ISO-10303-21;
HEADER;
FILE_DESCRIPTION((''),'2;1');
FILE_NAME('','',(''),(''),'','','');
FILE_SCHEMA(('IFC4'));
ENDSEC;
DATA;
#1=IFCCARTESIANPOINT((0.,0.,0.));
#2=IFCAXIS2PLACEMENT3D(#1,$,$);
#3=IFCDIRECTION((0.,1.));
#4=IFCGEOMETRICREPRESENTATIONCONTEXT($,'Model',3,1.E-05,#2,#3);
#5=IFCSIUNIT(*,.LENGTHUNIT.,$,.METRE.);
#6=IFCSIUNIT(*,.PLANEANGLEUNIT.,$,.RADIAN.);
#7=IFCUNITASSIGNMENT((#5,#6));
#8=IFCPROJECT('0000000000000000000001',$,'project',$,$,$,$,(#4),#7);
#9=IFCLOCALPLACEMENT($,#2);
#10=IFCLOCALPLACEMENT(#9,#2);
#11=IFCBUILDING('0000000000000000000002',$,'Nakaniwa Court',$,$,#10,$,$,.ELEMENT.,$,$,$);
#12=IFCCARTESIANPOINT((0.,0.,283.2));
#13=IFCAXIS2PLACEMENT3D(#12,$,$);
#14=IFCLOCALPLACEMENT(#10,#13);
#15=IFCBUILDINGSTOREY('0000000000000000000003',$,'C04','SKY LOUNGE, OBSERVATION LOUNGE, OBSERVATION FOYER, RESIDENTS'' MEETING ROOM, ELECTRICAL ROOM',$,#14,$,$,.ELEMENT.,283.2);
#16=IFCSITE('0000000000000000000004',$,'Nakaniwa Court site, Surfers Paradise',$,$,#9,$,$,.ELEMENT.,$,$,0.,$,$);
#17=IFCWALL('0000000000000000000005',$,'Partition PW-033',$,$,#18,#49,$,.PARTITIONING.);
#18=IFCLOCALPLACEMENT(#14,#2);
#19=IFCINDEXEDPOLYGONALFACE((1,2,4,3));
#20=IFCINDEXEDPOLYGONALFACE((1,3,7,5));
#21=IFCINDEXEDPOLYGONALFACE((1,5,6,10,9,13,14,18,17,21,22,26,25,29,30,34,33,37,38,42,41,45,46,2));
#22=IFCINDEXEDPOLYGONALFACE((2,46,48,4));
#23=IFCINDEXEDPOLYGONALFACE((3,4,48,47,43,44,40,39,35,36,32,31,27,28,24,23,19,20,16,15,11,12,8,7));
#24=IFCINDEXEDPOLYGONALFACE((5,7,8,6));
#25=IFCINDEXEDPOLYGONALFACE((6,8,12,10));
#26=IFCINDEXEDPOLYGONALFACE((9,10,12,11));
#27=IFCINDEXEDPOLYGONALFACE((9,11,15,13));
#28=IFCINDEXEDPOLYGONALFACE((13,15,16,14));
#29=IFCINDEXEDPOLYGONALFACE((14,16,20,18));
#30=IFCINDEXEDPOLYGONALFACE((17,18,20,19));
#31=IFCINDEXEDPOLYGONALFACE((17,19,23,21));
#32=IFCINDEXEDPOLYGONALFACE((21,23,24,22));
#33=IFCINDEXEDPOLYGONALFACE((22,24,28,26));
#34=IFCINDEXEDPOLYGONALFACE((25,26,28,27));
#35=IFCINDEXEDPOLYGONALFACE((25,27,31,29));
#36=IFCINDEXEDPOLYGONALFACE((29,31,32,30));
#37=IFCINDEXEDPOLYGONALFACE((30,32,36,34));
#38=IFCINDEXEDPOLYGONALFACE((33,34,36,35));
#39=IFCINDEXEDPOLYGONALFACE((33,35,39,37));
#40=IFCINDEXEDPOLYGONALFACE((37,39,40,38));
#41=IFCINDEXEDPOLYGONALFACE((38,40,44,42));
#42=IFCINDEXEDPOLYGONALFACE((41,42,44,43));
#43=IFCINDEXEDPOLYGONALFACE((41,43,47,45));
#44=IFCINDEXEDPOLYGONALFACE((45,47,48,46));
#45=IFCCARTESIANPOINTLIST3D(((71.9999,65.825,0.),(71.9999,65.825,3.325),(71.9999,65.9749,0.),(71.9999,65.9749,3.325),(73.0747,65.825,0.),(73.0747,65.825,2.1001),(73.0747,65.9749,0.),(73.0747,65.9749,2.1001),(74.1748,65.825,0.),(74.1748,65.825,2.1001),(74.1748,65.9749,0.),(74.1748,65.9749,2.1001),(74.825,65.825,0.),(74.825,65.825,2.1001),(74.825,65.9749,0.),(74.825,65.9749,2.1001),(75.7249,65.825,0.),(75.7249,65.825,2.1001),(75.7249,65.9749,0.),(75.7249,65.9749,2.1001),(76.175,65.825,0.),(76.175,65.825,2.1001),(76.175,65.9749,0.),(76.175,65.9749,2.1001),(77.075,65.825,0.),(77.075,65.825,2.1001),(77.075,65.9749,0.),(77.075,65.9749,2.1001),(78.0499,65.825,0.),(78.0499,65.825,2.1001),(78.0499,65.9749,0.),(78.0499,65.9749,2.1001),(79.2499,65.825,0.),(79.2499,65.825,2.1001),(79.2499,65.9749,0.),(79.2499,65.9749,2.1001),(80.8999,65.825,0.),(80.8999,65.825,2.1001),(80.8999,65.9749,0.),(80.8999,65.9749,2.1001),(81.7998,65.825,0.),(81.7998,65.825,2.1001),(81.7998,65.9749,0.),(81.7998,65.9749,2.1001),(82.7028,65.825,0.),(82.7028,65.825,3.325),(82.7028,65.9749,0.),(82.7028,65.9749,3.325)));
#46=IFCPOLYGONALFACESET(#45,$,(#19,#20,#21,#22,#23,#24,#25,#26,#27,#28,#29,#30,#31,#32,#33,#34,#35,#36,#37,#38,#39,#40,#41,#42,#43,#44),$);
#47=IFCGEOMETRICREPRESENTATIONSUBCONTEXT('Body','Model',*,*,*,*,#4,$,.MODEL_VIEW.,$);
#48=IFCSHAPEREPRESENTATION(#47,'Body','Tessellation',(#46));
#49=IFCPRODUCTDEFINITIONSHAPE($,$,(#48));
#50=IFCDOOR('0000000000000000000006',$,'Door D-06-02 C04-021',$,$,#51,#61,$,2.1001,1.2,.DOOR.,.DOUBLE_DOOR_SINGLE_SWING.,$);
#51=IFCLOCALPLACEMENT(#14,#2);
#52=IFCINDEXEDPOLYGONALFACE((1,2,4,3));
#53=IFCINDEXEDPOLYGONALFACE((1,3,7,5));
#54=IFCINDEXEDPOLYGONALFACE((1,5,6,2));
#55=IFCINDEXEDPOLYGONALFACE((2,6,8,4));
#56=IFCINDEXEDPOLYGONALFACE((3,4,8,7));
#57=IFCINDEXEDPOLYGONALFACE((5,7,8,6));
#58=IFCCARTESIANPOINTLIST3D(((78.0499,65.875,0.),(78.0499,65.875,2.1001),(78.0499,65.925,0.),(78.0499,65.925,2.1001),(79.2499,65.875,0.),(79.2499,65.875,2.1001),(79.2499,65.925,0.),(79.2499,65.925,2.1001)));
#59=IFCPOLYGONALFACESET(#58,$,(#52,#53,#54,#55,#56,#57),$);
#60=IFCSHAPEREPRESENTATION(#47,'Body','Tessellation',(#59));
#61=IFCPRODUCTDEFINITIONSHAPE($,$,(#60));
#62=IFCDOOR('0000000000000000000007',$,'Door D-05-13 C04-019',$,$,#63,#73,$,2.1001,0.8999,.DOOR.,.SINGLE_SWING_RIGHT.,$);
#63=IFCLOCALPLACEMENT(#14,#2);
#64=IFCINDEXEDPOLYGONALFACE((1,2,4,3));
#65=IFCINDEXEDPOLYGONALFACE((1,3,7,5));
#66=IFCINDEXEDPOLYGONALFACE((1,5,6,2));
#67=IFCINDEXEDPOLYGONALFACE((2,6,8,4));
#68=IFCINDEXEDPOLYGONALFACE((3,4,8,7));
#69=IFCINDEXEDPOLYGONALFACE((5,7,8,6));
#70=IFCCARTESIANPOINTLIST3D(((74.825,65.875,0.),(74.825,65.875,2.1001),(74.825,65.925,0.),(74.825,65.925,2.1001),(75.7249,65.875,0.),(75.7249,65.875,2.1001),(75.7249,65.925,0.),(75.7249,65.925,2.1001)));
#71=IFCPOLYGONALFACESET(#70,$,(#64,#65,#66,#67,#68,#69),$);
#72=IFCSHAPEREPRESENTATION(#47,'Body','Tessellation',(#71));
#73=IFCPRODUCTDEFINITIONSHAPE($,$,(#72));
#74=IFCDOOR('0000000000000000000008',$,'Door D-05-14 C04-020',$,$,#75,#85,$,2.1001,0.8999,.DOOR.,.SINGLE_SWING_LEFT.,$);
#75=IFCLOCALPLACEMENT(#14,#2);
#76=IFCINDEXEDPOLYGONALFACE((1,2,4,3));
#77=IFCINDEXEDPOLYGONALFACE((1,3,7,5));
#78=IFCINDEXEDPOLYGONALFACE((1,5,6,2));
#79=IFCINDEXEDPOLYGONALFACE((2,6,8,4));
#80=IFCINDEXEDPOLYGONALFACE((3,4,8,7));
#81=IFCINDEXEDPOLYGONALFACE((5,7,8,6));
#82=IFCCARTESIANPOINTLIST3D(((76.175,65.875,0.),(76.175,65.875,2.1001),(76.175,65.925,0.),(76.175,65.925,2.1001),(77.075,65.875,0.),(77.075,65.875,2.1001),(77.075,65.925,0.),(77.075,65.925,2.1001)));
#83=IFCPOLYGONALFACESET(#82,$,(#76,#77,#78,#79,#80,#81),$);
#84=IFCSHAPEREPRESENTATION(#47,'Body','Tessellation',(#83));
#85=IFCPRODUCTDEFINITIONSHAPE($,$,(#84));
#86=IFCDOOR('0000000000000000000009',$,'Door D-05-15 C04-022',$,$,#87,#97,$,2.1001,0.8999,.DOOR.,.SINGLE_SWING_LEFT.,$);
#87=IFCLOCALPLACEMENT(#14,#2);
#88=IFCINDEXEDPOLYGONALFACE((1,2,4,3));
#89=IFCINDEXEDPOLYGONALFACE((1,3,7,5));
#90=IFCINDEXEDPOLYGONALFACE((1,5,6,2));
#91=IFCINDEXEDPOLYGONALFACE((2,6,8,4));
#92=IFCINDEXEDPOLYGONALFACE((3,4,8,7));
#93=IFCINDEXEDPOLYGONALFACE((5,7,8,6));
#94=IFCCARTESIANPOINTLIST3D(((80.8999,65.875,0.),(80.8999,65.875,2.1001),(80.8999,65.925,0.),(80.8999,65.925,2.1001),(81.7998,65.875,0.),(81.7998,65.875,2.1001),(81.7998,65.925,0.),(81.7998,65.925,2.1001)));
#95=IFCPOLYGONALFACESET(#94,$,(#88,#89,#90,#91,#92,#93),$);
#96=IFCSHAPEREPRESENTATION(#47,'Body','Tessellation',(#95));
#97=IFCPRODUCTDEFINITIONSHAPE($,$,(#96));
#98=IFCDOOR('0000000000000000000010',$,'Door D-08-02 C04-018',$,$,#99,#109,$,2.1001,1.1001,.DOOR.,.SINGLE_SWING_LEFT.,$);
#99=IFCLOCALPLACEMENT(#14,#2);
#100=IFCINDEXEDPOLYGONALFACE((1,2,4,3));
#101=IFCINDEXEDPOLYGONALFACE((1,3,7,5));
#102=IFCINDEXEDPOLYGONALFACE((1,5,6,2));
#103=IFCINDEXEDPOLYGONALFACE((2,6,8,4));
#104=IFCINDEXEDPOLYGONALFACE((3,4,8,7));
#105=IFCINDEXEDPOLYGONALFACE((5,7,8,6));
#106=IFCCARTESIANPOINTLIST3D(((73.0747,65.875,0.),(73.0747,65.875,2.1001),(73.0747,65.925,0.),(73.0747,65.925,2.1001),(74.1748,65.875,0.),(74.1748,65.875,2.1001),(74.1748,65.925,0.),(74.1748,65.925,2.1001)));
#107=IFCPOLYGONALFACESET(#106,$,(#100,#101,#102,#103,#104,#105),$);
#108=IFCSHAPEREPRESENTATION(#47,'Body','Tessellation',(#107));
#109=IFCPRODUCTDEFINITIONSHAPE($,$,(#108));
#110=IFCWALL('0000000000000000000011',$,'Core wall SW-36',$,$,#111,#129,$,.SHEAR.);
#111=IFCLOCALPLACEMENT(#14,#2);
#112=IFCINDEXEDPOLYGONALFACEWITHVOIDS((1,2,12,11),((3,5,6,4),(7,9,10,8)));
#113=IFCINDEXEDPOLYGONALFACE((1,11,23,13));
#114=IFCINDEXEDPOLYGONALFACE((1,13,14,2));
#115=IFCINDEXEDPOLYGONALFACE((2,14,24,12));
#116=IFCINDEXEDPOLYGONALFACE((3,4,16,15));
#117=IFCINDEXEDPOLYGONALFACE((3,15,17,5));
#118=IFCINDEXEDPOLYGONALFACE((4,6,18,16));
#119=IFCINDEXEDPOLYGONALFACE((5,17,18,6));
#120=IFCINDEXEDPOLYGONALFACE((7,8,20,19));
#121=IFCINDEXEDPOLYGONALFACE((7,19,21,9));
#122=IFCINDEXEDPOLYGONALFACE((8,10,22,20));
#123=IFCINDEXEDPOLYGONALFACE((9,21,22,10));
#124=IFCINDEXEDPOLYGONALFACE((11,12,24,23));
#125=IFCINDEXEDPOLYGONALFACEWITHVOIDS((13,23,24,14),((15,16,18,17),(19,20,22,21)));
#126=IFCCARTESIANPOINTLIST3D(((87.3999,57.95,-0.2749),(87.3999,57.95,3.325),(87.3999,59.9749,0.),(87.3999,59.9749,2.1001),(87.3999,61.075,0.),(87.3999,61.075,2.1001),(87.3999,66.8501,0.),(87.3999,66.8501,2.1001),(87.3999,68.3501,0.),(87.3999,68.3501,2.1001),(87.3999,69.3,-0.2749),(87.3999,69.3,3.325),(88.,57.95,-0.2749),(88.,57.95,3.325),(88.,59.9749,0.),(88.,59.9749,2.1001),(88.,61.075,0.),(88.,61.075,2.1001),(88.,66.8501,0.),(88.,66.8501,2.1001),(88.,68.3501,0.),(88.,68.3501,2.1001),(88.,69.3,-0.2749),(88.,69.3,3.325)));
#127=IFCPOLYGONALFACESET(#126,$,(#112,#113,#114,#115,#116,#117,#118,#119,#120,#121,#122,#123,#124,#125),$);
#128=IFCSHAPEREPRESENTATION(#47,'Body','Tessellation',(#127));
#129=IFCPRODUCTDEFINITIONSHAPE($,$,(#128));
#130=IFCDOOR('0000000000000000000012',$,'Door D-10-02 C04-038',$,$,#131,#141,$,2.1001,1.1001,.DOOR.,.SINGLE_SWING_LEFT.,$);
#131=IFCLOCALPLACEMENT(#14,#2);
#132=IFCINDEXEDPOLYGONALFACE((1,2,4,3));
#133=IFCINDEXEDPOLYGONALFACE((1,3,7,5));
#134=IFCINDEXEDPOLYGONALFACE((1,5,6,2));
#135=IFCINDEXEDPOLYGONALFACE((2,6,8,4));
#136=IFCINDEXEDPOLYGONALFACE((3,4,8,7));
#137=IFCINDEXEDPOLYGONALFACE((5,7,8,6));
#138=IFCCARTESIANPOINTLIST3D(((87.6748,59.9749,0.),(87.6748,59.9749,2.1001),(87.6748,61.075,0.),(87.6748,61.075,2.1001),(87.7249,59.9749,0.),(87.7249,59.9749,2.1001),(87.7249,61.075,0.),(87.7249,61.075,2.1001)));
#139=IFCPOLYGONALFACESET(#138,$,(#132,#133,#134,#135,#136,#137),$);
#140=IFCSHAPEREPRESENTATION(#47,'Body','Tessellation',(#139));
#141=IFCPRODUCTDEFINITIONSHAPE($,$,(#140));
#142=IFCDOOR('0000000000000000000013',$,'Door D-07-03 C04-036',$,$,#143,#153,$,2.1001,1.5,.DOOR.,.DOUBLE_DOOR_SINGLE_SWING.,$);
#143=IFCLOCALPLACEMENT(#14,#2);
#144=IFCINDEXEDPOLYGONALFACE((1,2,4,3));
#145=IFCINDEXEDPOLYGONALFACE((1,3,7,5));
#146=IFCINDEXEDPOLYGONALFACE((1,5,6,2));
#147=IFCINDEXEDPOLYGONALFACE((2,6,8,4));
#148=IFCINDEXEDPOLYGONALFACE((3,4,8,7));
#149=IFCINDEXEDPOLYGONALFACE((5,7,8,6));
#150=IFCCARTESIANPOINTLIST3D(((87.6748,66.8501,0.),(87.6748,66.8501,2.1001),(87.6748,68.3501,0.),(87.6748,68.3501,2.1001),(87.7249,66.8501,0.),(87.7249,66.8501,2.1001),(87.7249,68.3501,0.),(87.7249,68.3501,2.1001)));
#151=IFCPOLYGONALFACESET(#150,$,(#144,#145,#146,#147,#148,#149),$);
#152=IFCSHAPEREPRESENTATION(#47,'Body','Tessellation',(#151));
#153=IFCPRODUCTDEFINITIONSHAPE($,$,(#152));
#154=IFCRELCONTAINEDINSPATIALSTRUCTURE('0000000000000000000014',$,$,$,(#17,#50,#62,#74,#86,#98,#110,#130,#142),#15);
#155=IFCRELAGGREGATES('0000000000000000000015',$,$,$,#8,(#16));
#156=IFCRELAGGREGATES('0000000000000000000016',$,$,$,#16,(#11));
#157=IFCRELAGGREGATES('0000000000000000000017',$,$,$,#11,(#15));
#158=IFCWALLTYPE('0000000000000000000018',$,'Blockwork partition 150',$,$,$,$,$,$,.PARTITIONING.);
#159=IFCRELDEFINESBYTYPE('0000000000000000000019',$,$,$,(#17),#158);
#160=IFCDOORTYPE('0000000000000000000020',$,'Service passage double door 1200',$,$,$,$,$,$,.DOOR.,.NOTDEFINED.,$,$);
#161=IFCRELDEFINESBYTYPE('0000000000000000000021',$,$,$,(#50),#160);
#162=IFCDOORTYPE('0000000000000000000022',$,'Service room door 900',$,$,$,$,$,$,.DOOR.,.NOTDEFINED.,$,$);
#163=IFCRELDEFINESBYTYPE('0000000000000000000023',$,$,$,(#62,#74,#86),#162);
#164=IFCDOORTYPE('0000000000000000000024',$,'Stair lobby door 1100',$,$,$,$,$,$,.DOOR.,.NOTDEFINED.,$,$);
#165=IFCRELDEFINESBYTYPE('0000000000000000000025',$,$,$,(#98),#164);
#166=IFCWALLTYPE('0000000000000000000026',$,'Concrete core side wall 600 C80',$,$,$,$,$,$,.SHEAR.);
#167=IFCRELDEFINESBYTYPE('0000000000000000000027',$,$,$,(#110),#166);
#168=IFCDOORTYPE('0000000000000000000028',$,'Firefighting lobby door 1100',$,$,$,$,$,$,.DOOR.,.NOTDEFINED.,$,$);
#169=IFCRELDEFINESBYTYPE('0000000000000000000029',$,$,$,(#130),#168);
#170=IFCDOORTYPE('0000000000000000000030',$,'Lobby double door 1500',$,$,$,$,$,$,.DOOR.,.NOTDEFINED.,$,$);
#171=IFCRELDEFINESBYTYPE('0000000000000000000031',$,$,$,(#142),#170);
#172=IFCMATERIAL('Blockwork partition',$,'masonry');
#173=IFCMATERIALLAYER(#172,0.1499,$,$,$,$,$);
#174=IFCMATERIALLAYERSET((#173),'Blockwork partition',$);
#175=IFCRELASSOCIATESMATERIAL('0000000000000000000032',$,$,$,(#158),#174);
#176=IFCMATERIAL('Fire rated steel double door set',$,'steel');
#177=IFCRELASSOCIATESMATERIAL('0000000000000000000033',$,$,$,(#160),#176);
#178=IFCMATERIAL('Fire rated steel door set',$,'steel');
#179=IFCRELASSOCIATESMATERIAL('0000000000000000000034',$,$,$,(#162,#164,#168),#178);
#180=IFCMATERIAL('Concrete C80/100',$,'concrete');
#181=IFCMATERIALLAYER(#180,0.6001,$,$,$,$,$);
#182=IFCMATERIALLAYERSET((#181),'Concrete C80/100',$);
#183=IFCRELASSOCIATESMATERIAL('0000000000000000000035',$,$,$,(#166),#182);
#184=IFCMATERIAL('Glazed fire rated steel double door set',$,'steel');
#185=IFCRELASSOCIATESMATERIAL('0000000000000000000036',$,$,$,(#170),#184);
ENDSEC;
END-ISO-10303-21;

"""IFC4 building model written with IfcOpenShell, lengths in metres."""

from ifc_helpers import new_model, si_unit, direction, frame, frame_2d, origin, place, context, subcontext, project, spatial, rectangle, extrude, material, layer, layer_set, type_object, element, fill, save


model = new_model("IFC4")

# Units and contexts
model_context = context("Model", 3, precision=1e-05, world=origin(), true_north=direction((0.0, 1.0)))
body_context = subcontext(model_context, "Body", "Model", "MODEL_VIEW")
ifc_project = project(units=[si_unit("LENGTHUNIT", "METRE"), si_unit("PLANEANGLEUNIT", "RADIAN")], contexts=[model_context])

# Site, building, storey
site_placement = place(None, origin())
site = spatial("IfcSite", under=ifc_project, at=site_placement, Name="Nakaniwa Court site, Surfers Paradise", CompositionType="ELEMENT", RefElevation=0.0)
building_placement = place(site_placement, origin())
building = spatial("IfcBuilding", under=site, at=building_placement, Name="Nakaniwa Court", CompositionType="ELEMENT")
storey_placement = place(building_placement, frame((0.0, 0.0, 283.2)))
storey = spatial("IfcBuildingStorey", under=building, at=storey_placement, Name="C04", Description="SKY LOUNGE, OBSERVATION LOUNGE, OBSERVATION FOYER, RESIDENTS' MEETING ROOM, ELECTRICAL ROOM", CompositionType="ELEMENT", Elevation=283.2)

# Walls, openings, doors
ifc_material_1 = material(Name="Blockwork partition", Category="masonry")
ifc_layer_1 = layer(ifc_material_1, 0.1499)
ifc_layer_set_1 = layer_set([ifc_layer_1], Name="Blockwork partition")
wall_type_1 = type_object("IfcWallType", Name="Blockwork partition 150", PredefinedType="PARTITIONING", material=ifc_layer_set_1)
wall_1_placement = place(storey_placement, frame((82.7029, 65.8999, 0.0), z_axis=(0.0, 0.0, 1.0), x_axis=(-1.0, 0.0, 0.0)))
wall_1 = element("IfcWall", 1, at=wall_1_placement, inside=storey, type_object=wall_type_1, Name="Partition PW-033", PredefinedType="PARTITIONING", context=body_context, shape_type="SweptSolid", body=[
    extrude(rectangle(XDim=10.7029, YDim=0.1499, at=frame_2d((5.3516, 0.0))), origin(), (0.0, 0.0, 1.0), 3.325),
])
opening_1_placement = place(wall_1_placement, frame((8.5281, 0.0, 0.0)))
opening_1 = element("IfcOpeningElement", 2, at=opening_1_placement, cuts=wall_1, PredefinedType="OPENING", context=body_context, shape_type="SweptSolid", body=[
    extrude(rectangle(XDim=1.1001, YDim=2.1001, at=frame_2d((0.55, 1.05))), frame((0.0, 0.085, 0.0), z_axis=(0.0, -1.0, 0.0), x_axis=(1.0, 0.0, 0.0)), (0.0, 0.0, 1.0), 0.1699),
])
opening_2_placement = place(wall_1_placement, frame((6.978, 0.0, 0.0)))
opening_2 = element("IfcOpeningElement", 3, at=opening_2_placement, cuts=wall_1, PredefinedType="OPENING", context=body_context, shape_type="SweptSolid", body=[
    extrude(rectangle(XDim=0.8999, YDim=2.1001, at=frame_2d((0.45, 1.05))), frame((0.0, 0.085, 0.0), z_axis=(0.0, -1.0, 0.0), x_axis=(1.0, 0.0, 0.0)), (0.0, 0.0, 1.0), 0.1699),
])
opening_3_placement = place(wall_1_placement, frame((5.6279, 0.0, 0.0)))
opening_3 = element("IfcOpeningElement", 4, at=opening_3_placement, cuts=wall_1, PredefinedType="OPENING", context=body_context, shape_type="SweptSolid", body=[
    extrude(rectangle(XDim=0.8999, YDim=2.1001, at=frame_2d((0.45, 1.05))), frame((0.0, 0.085, 0.0), z_axis=(0.0, -1.0, 0.0), x_axis=(1.0, 0.0, 0.0)), (0.0, 0.0, 1.0), 0.1699),
])
opening_4_placement = place(wall_1_placement, frame((3.4529, 0.0, 0.0)))
opening_4 = element("IfcOpeningElement", 5, at=opening_4_placement, cuts=wall_1, PredefinedType="OPENING", context=body_context, shape_type="SweptSolid", body=[
    extrude(rectangle(XDim=1.2, YDim=2.1001, at=frame_2d((0.6001, 1.05))), frame((0.0, 0.085, 0.0), z_axis=(0.0, -1.0, 0.0), x_axis=(1.0, 0.0, 0.0)), (0.0, 0.0, 1.0), 0.1699),
])
opening_5_placement = place(wall_1_placement, frame((0.9031, 0.0, 0.0)))
opening_5 = element("IfcOpeningElement", 6, at=opening_5_placement, cuts=wall_1, PredefinedType="OPENING", context=body_context, shape_type="SweptSolid", body=[
    extrude(rectangle(XDim=0.8999, YDim=2.1001, at=frame_2d((0.45, 1.05))), frame((0.0, 0.085, 0.0), z_axis=(0.0, -1.0, 0.0), x_axis=(1.0, 0.0, 0.0)), (0.0, 0.0, 1.0), 0.1699),
])
ifc_material_2 = material(Name="Fire rated steel double door set", Category="steel")
door_type_1 = type_object("IfcDoorType", Name="Service passage double door 1200", OperationType="NOTDEFINED", PredefinedType="DOOR", material=ifc_material_2)
door_1_placement = place(opening_4_placement, origin())
door_1 = element("IfcDoor", 7, at=door_1_placement, inside=storey, type_object=door_type_1, Name="Door D-06-02 C04-021", OperationType="DOUBLE_DOOR_SINGLE_SWING", OverallHeight=2.1001, OverallWidth=1.2, PredefinedType="DOOR", context=body_context, shape_type="SweptSolid", body=[
    extrude(rectangle(XDim=1.2, YDim=2.1001, at=frame_2d((0.6001, 1.05))), frame((0.0, 0.0249, 0.0), z_axis=(0.0, -1.0, 0.0), x_axis=(1.0, 0.0, 0.0)), (0.0, 0.0, 1.0), 0.05),
])
fill(opening_4, door_1)
ifc_material_3 = material(Name="Fire rated steel door set", Category="steel")
door_type_2 = type_object("IfcDoorType", Name="Service room door 900", OperationType="NOTDEFINED", PredefinedType="DOOR", material=ifc_material_3)
door_2_placement = place(opening_2_placement, origin())
door_2 = element("IfcDoor", 8, at=door_2_placement, inside=storey, type_object=door_type_2, Name="Door D-05-13 C04-019", OperationType="SINGLE_SWING_RIGHT", OverallHeight=2.1001, OverallWidth=0.8999, PredefinedType="DOOR", context=body_context, shape_type="SweptSolid", body=[
    extrude(rectangle(XDim=0.8999, YDim=2.1001, at=frame_2d((0.45, 1.05))), frame((0.0, 0.0249, 0.0), z_axis=(0.0, -1.0, 0.0), x_axis=(1.0, 0.0, 0.0)), (0.0, 0.0, 1.0), 0.05),
])
fill(opening_2, door_2)
door_3_placement = place(opening_3_placement, origin())
door_3 = element("IfcDoor", 9, at=door_3_placement, inside=storey, type_object=door_type_2, Name="Door D-05-14 C04-020", OperationType="SINGLE_SWING_LEFT", OverallHeight=2.1001, OverallWidth=0.8999, PredefinedType="DOOR", context=body_context, shape_type="SweptSolid", body=[
    extrude(rectangle(XDim=0.8999, YDim=2.1001, at=frame_2d((0.45, 1.05))), frame((0.0, 0.0249, 0.0), z_axis=(0.0, -1.0, 0.0), x_axis=(1.0, 0.0, 0.0)), (0.0, 0.0, 1.0), 0.05),
])
fill(opening_3, door_3)
door_4_placement = place(opening_5_placement, origin())
door_4 = element("IfcDoor", 10, at=door_4_placement, inside=storey, type_object=door_type_2, Name="Door D-05-15 C04-022", OperationType="SINGLE_SWING_LEFT", OverallHeight=2.1001, OverallWidth=0.8999, PredefinedType="DOOR", context=body_context, shape_type="SweptSolid", body=[
    extrude(rectangle(XDim=0.8999, YDim=2.1001, at=frame_2d((0.45, 1.05))), frame((0.0, 0.0249, 0.0), z_axis=(0.0, -1.0, 0.0), x_axis=(1.0, 0.0, 0.0)), (0.0, 0.0, 1.0), 0.05),
])
fill(opening_5, door_4)
door_type_3 = type_object("IfcDoorType", Name="Stair lobby door 1100", OperationType="NOTDEFINED", PredefinedType="DOOR", material=ifc_material_3)
door_5_placement = place(opening_1_placement, origin())
door_5 = element("IfcDoor", 11, at=door_5_placement, inside=storey, type_object=door_type_3, Name="Door D-08-02 C04-018", OperationType="SINGLE_SWING_LEFT", OverallHeight=2.1001, OverallWidth=1.1001, PredefinedType="DOOR", context=body_context, shape_type="SweptSolid", body=[
    extrude(rectangle(XDim=1.1001, YDim=2.1001, at=frame_2d((0.55, 1.05))), frame((0.0, 0.0249, 0.0), z_axis=(0.0, -1.0, 0.0), x_axis=(1.0, 0.0, 0.0)), (0.0, 0.0, 1.0), 0.05),
])
fill(opening_1, door_5)
ifc_material_4 = material(Name="Concrete C80/100", Category="concrete")
ifc_layer_2 = layer(ifc_material_4, 0.6001)
ifc_layer_set_2 = layer_set([ifc_layer_2], Name="Concrete C80/100")
wall_type_2 = type_object("IfcWallType", Name="Concrete core side wall 600 C80", PredefinedType="SHEAR", material=ifc_layer_set_2)
wall_2_placement = place(storey_placement, frame((87.7, 69.3, -0.2749), z_axis=(0.0, 0.0, 1.0), x_axis=(0.0, -1.0, 0.0)))
wall_2 = element("IfcWall", 12, at=wall_2_placement, inside=storey, type_object=wall_type_2, Name="Core wall SW-36", PredefinedType="SHEAR", context=body_context, shape_type="SweptSolid", body=[
    extrude(rectangle(XDim=11.3501, YDim=0.6001, at=frame_2d((5.675, 0.0))), origin(), (0.0, 0.0, 1.0), 3.5999),
])
opening_6_placement = place(wall_2_placement, frame((0.95, 0.0, 0.2749)))
opening_6 = element("IfcOpeningElement", 13, at=opening_6_placement, cuts=wall_2, PredefinedType="OPENING", context=body_context, shape_type="SweptSolid", body=[
    extrude(rectangle(XDim=1.5, YDim=2.1001, at=frame_2d((0.75, 1.05))), frame((0.0, 0.3101, 0.0), z_axis=(0.0, -1.0, 0.0), x_axis=(1.0, 0.0, 0.0)), (0.0, 0.0, 1.0), 0.6201),
])
opening_7_placement = place(wall_2_placement, frame((8.2251, 0.0, 0.2749)))
opening_7 = element("IfcOpeningElement", 14, at=opening_7_placement, cuts=wall_2, PredefinedType="OPENING", context=body_context, shape_type="SweptSolid", body=[
    extrude(rectangle(XDim=1.1001, YDim=2.1001, at=frame_2d((0.55, 1.05))), frame((0.0, 0.3101, 0.0), z_axis=(0.0, -1.0, 0.0), x_axis=(1.0, 0.0, 0.0)), (0.0, 0.0, 1.0), 0.6201),
])
door_type_4 = type_object("IfcDoorType", Name="Firefighting lobby door 1100", OperationType="NOTDEFINED", PredefinedType="DOOR", material=ifc_material_3)
door_6_placement = place(opening_7_placement, origin())
door_6 = element("IfcDoor", 15, at=door_6_placement, inside=storey, type_object=door_type_4, Name="Door D-10-02 C04-038", OperationType="SINGLE_SWING_LEFT", OverallHeight=2.1001, OverallWidth=1.1001, PredefinedType="DOOR", context=body_context, shape_type="SweptSolid", body=[
    extrude(rectangle(XDim=1.1001, YDim=2.1001, at=frame_2d((0.55, 1.05))), frame((0.0, 0.0249, 0.0), z_axis=(0.0, -1.0, 0.0), x_axis=(1.0, 0.0, 0.0)), (0.0, 0.0, 1.0), 0.05),
])
fill(opening_7, door_6)
ifc_material_5 = material(Name="Glazed fire rated steel double door set", Category="steel")
door_type_5 = type_object("IfcDoorType", Name="Lobby double door 1500", OperationType="NOTDEFINED", PredefinedType="DOOR", material=ifc_material_5)
door_7_placement = place(opening_6_placement, origin())
door_7 = element("IfcDoor", 16, at=door_7_placement, inside=storey, type_object=door_type_5, Name="Door D-07-03 C04-036", OperationType="DOUBLE_DOOR_SINGLE_SWING", OverallHeight=2.1001, OverallWidth=1.5, PredefinedType="DOOR", context=body_context, shape_type="SweptSolid", body=[
    extrude(rectangle(XDim=1.5, YDim=2.1001, at=frame_2d((0.75, 1.05))), frame((0.0, 0.0249, 0.0), z_axis=(0.0, -1.0, 0.0), x_axis=(1.0, 0.0, 0.0)), (0.0, 0.0, 1.0), 0.05),
])
fill(opening_6, door_7)

save(model, "model.ifc")
